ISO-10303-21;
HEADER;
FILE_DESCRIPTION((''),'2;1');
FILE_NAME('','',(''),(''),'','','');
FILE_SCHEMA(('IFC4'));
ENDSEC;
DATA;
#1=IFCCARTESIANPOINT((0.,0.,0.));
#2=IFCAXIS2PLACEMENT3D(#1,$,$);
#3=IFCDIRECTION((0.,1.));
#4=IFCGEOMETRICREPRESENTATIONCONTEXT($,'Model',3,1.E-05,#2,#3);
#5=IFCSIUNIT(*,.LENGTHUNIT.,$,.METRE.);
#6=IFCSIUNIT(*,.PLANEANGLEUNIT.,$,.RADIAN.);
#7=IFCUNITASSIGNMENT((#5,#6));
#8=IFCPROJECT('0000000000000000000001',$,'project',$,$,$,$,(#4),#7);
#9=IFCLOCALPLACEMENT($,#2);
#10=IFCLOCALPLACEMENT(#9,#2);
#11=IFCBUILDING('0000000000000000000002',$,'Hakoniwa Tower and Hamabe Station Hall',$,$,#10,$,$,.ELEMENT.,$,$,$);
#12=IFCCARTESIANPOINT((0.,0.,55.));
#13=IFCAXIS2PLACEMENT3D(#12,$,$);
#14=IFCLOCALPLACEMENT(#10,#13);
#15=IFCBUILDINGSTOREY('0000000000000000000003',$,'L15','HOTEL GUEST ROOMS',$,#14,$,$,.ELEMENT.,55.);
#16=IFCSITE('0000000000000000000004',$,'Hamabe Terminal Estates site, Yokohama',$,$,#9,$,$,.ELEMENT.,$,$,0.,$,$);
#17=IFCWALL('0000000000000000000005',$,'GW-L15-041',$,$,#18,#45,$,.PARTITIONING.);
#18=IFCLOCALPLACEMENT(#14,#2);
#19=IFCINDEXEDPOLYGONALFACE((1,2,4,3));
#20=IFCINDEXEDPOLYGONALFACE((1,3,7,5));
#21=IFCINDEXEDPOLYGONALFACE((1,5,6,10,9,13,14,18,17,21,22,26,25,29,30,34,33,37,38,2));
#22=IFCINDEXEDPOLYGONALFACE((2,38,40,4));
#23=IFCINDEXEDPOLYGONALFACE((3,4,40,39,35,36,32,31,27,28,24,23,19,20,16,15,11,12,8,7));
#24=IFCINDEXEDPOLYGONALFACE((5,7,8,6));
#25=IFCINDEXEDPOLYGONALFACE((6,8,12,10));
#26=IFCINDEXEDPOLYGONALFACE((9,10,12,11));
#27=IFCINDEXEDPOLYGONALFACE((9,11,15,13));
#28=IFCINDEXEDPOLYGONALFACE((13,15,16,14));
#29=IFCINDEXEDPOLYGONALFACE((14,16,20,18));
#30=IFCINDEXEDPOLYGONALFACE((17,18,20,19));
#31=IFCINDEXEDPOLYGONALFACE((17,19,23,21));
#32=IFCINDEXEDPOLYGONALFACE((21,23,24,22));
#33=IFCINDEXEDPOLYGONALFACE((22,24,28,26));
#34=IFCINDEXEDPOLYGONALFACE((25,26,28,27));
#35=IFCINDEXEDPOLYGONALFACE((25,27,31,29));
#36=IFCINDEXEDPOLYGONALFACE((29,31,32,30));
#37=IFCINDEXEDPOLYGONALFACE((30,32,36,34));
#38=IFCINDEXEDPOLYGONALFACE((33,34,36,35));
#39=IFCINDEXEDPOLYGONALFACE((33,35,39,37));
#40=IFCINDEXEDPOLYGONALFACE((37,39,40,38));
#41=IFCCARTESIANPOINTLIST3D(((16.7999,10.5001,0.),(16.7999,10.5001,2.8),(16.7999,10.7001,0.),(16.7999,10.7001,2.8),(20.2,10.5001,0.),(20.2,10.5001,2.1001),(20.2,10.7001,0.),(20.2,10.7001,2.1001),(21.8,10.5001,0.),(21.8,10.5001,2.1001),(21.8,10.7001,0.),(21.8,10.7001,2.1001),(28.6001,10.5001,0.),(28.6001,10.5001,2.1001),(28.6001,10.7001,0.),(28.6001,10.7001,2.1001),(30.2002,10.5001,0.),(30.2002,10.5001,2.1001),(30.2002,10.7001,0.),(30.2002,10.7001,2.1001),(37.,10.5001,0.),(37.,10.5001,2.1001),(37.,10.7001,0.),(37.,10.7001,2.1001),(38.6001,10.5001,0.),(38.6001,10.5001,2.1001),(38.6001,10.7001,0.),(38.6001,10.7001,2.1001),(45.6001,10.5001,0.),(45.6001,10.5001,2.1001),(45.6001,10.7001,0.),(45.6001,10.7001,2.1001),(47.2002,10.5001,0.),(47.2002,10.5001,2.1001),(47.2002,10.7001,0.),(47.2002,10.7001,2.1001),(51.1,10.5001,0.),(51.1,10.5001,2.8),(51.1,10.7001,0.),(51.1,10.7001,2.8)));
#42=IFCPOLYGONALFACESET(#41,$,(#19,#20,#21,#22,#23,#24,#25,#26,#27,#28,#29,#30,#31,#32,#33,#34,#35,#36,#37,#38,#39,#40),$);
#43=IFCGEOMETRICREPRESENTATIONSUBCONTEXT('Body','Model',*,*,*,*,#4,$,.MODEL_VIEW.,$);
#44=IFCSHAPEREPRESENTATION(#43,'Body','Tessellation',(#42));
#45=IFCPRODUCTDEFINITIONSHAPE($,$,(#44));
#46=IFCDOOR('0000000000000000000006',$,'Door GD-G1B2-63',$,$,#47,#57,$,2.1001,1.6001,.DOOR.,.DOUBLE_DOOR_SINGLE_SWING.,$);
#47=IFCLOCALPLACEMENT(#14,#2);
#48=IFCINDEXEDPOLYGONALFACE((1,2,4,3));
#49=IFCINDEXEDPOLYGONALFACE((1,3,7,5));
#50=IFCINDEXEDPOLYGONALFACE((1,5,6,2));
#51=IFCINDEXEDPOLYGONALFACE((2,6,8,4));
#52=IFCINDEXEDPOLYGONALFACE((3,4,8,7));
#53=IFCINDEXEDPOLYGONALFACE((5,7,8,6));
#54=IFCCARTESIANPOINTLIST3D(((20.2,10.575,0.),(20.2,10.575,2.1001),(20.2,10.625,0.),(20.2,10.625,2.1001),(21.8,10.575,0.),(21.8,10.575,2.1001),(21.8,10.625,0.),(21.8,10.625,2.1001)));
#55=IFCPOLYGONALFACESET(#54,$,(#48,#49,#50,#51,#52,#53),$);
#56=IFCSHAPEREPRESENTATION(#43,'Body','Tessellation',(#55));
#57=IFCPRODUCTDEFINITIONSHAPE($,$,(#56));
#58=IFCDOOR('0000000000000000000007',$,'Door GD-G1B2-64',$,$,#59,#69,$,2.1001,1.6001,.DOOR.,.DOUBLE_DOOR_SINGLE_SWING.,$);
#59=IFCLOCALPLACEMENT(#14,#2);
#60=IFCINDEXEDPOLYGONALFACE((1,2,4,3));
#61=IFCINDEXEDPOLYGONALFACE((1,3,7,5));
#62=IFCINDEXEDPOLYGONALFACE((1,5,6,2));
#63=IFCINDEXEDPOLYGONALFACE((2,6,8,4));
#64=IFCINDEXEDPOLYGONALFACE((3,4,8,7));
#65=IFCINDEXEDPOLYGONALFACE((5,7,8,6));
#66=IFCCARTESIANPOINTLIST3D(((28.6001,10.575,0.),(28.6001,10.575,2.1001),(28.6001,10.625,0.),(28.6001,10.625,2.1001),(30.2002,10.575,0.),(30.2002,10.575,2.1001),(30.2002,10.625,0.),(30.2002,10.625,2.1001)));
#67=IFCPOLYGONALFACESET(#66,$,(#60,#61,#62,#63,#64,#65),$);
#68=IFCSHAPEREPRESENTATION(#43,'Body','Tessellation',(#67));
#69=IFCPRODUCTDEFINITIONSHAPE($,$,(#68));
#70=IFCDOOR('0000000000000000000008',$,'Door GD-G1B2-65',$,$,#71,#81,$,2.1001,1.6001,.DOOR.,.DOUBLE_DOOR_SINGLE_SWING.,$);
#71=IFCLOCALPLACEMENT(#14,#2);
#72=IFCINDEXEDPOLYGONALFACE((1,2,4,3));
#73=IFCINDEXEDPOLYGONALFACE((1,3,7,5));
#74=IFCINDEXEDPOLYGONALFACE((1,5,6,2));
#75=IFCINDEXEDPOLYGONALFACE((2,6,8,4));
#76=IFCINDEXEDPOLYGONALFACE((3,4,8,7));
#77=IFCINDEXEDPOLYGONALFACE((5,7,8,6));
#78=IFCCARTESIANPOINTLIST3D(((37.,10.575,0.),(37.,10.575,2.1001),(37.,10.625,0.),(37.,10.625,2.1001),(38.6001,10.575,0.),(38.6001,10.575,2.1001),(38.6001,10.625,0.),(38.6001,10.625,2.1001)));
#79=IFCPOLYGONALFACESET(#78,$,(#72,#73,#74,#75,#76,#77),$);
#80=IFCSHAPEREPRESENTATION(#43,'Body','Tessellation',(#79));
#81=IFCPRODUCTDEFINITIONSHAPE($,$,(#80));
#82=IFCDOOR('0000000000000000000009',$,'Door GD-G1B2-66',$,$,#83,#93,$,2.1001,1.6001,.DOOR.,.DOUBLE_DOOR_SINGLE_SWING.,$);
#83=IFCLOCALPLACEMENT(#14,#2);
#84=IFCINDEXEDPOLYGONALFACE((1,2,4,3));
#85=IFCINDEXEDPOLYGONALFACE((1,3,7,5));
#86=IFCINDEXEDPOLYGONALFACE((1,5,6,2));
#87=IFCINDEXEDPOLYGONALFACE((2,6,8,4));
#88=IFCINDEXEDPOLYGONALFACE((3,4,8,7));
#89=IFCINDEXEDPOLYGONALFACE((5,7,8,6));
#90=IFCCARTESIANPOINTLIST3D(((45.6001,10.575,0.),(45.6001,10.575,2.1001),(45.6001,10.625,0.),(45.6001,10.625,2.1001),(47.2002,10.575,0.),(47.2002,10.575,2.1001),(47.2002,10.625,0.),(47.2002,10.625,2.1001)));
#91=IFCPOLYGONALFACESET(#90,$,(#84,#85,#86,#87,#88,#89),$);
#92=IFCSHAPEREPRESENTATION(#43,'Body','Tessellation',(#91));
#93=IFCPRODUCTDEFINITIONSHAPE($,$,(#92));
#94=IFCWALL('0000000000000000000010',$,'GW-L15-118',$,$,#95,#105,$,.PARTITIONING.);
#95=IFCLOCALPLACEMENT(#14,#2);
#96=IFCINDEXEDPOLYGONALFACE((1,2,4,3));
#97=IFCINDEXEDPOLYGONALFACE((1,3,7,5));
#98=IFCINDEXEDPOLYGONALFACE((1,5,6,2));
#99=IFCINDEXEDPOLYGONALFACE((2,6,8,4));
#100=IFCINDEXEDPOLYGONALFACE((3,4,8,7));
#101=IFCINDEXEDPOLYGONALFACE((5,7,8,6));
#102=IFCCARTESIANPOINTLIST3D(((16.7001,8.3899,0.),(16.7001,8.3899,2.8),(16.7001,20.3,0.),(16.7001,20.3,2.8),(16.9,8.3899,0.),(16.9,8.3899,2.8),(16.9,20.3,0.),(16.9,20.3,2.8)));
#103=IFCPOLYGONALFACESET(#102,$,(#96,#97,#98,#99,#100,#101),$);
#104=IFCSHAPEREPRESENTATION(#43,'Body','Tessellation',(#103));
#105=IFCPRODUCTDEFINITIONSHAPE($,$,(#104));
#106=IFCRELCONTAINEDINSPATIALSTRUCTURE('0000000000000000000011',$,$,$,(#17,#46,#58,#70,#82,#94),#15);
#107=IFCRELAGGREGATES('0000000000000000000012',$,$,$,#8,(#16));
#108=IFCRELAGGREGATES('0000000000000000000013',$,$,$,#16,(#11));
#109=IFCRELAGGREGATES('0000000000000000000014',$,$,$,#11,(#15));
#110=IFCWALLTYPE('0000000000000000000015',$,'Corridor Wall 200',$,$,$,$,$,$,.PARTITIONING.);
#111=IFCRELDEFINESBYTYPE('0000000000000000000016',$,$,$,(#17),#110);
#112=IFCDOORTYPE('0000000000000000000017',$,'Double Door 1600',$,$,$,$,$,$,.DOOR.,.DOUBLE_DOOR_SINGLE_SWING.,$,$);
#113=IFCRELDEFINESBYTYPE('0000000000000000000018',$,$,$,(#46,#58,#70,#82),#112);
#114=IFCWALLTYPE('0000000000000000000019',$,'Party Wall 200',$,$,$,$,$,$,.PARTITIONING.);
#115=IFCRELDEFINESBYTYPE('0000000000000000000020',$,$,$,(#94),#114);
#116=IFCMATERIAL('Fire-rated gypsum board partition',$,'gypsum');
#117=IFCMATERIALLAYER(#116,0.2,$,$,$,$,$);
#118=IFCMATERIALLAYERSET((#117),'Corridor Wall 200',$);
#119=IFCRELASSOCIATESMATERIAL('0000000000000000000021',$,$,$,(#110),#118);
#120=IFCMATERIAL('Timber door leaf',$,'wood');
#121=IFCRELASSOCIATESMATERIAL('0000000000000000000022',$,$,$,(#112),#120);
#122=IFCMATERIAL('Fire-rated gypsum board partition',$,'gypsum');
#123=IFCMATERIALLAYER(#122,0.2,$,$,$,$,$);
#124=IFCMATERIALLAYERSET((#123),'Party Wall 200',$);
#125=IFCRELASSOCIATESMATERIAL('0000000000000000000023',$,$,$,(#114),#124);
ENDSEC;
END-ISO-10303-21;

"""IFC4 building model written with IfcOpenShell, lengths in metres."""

from ifc_helpers import new_model, si_unit, direction, frame, frame_2d, origin, place, context, subcontext, project, spatial, rectangle, extrude, material, layer, layer_set, type_object, element, fill, save


model = new_model("IFC4")

# Units and contexts
model_context = context("Model", 3, precision=1e-05, world=origin(), true_north=direction((0.0, 1.0)))
body_context = subcontext(model_context, "Body", "Model", "MODEL_VIEW")
ifc_project = project(units=[si_unit("LENGTHUNIT", "METRE"), si_unit("PLANEANGLEUNIT", "RADIAN")], contexts=[model_context])

# Site, building, storey
site_placement = place(None, origin())
site = spatial("IfcSite", under=ifc_project, at=site_placement, Name="Hamabe Terminal Estates site, Yokohama", CompositionType="ELEMENT", RefElevation=0.0)
building_placement = place(site_placement, origin())
building = spatial("IfcBuilding", under=site, at=building_placement, Name="Hakoniwa Tower and Hamabe Station Hall", CompositionType="ELEMENT")
storey_placement = place(building_placement, frame((0.0, 0.0, 55.0)))
storey = spatial("IfcBuildingStorey", under=building, at=storey_placement, Name="L15", Description="HOTEL GUEST ROOMS", CompositionType="ELEMENT", Elevation=55.0)

# Wall, openings, doors
ifc_material_1 = material(Name="Fire-rated gypsum board partition", Category="gypsum")
ifc_layer_1 = layer(ifc_material_1, 0.2)
ifc_layer_set_1 = layer_set([ifc_layer_1], Name="Corridor Wall 200")
wall_type_1 = type_object("IfcWallType", Name="Corridor Wall 200", PredefinedType="PARTITIONING", material=ifc_layer_set_1)
wall_1_placement = place(storey_placement, frame((16.8, 10.6001, 0.0), z_axis=(0.0, 0.0, 1.0), x_axis=(1.0, 0.0, 0.0)))
wall_1 = element("IfcWall", 1, at=wall_1_placement, inside=storey, type_object=wall_type_1, Name="GW-L15-041", PredefinedType="PARTITIONING", context=body_context, shape_type="SweptSolid", body=[
    extrude(rectangle(XDim=34.3, YDim=0.2, at=frame_2d((17.1499, 0.0))), origin(), (0.0, 0.0, 1.0), 2.8),
])
opening_1_placement = place(wall_1_placement, frame((3.3999, 0.0, 0.0)))
opening_1 = element("IfcOpeningElement", 2, at=opening_1_placement, cuts=wall_1, PredefinedType="OPENING", context=body_context, shape_type="SweptSolid", body=[
    extrude(rectangle(XDim=1.6001, YDim=2.1001, at=frame_2d((0.8, 1.05))), frame((0.0, 0.1099, 0.0), z_axis=(0.0, -1.0, 0.0), x_axis=(1.0, 0.0, 0.0)), (0.0, 0.0, 1.0), 0.22),
])
opening_2_placement = place(wall_1_placement, frame((11.8, 0.0, 0.0)))
opening_2 = element("IfcOpeningElement", 3, at=opening_2_placement, cuts=wall_1, PredefinedType="OPENING", context=body_context, shape_type="SweptSolid", body=[
    extrude(rectangle(XDim=1.6001, YDim=2.1001, at=frame_2d((0.8, 1.05))), frame((0.0, 0.1099, 0.0), z_axis=(0.0, -1.0, 0.0), x_axis=(1.0, 0.0, 0.0)), (0.0, 0.0, 1.0), 0.22),
])
opening_3_placement = place(wall_1_placement, frame((20.2, 0.0, 0.0)))
opening_3 = element("IfcOpeningElement", 4, at=opening_3_placement, cuts=wall_1, PredefinedType="OPENING", context=body_context, shape_type="SweptSolid", body=[
    extrude(rectangle(XDim=1.6001, YDim=2.1001, at=frame_2d((0.8, 1.05))), frame((0.0, 0.1099, 0.0), z_axis=(0.0, -1.0, 0.0), x_axis=(1.0, 0.0, 0.0)), (0.0, 0.0, 1.0), 0.22),
])
opening_4_placement = place(wall_1_placement, frame((28.8, 0.0, 0.0)))
opening_4 = element("IfcOpeningElement", 5, at=opening_4_placement, cuts=wall_1, PredefinedType="OPENING", context=body_context, shape_type="SweptSolid", body=[
    extrude(rectangle(XDim=1.6001, YDim=2.1001, at=frame_2d((0.8, 1.05))), frame((0.0, 0.1099, 0.0), z_axis=(0.0, -1.0, 0.0), x_axis=(1.0, 0.0, 0.0)), (0.0, 0.0, 1.0), 0.22),
])
ifc_material_2 = material(Name="Timber door leaf", Category="wood")
door_type_1 = type_object("IfcDoorType", Name="Double Door 1600", OperationType="DOUBLE_DOOR_SINGLE_SWING", PredefinedType="DOOR", material=ifc_material_2)
door_1_placement = place(opening_1_placement, origin())
door_1 = element("IfcDoor", 6, at=door_1_placement, inside=storey, type_object=door_type_1, Name="Door GD-G1B2-63", OperationType="DOUBLE_DOOR_SINGLE_SWING", OverallHeight=2.1001, OverallWidth=1.6001, PredefinedType="DOOR", context=body_context, shape_type="SweptSolid", body=[
    extrude(rectangle(XDim=1.6001, YDim=2.1001, at=frame_2d((0.8, 1.05))), frame((0.0, 0.0249, 0.0), z_axis=(0.0, -1.0, 0.0), x_axis=(1.0, 0.0, 0.0)), (0.0, 0.0, 1.0), 0.05),
])
fill(opening_1, door_1)
door_2_placement = place(opening_2_placement, origin())
door_2 = element("IfcDoor", 7, at=door_2_placement, inside=storey, type_object=door_type_1, Name="Door GD-G1B2-64", OperationType="DOUBLE_DOOR_SINGLE_SWING", OverallHeight=2.1001, OverallWidth=1.6001, PredefinedType="DOOR", context=body_context, shape_type="SweptSolid", body=[
    extrude(rectangle(XDim=1.6001, YDim=2.1001, at=frame_2d((0.8, 1.05))), frame((0.0, 0.0249, 0.0), z_axis=(0.0, -1.0, 0.0), x_axis=(1.0, 0.0, 0.0)), (0.0, 0.0, 1.0), 0.05),
])
fill(opening_2, door_2)
door_3_placement = place(opening_3_placement, origin())
door_3 = element("IfcDoor", 8, at=door_3_placement, inside=storey, type_object=door_type_1, Name="Door GD-G1B2-65", OperationType="DOUBLE_DOOR_SINGLE_SWING", OverallHeight=2.1001, OverallWidth=1.6001, PredefinedType="DOOR", context=body_context, shape_type="SweptSolid", body=[
    extrude(rectangle(XDim=1.6001, YDim=2.1001, at=frame_2d((0.8, 1.05))), frame((0.0, 0.0249, 0.0), z_axis=(0.0, -1.0, 0.0), x_axis=(1.0, 0.0, 0.0)), (0.0, 0.0, 1.0), 0.05),
])
fill(opening_3, door_3)
door_4_placement = place(opening_4_placement, origin())
door_4 = element("IfcDoor", 9, at=door_4_placement, inside=storey, type_object=door_type_1, Name="Door GD-G1B2-66", OperationType="DOUBLE_DOOR_SINGLE_SWING", OverallHeight=2.1001, OverallWidth=1.6001, PredefinedType="DOOR", context=body_context, shape_type="SweptSolid", body=[
    extrude(rectangle(XDim=1.6001, YDim=2.1001, at=frame_2d((0.8, 1.05))), frame((0.0, 0.0249, 0.0), z_axis=(0.0, -1.0, 0.0), x_axis=(1.0, 0.0, 0.0)), (0.0, 0.0, 1.0), 0.05),
])
fill(opening_4, door_4)

# Wall
ifc_material_3 = material(Name="Fire-rated gypsum board partition", Category="gypsum")
ifc_layer_2 = layer(ifc_material_3, 0.2)
ifc_layer_set_2 = layer_set([ifc_layer_2], Name="Party Wall 200")
wall_type_2 = type_object("IfcWallType", Name="Party Wall 200", PredefinedType="PARTITIONING", material=ifc_layer_set_2)
wall_2_placement = place(storey_placement, frame((16.8, 8.3899, 0.0), z_axis=(0.0, 0.0, 1.0), x_axis=(0.0, 1.0, 0.0)))
element("IfcWall", 10, at=wall_2_placement, inside=storey, type_object=wall_type_2, Name="GW-L15-118", PredefinedType="PARTITIONING", context=body_context, shape_type="SweptSolid", body=[
    extrude(rectangle(XDim=11.9102, YDim=0.2, at=frame_2d((5.9551, 0.0))), origin(), (0.0, 0.0, 1.0), 2.8),
])

save(model, "model.ifc")
